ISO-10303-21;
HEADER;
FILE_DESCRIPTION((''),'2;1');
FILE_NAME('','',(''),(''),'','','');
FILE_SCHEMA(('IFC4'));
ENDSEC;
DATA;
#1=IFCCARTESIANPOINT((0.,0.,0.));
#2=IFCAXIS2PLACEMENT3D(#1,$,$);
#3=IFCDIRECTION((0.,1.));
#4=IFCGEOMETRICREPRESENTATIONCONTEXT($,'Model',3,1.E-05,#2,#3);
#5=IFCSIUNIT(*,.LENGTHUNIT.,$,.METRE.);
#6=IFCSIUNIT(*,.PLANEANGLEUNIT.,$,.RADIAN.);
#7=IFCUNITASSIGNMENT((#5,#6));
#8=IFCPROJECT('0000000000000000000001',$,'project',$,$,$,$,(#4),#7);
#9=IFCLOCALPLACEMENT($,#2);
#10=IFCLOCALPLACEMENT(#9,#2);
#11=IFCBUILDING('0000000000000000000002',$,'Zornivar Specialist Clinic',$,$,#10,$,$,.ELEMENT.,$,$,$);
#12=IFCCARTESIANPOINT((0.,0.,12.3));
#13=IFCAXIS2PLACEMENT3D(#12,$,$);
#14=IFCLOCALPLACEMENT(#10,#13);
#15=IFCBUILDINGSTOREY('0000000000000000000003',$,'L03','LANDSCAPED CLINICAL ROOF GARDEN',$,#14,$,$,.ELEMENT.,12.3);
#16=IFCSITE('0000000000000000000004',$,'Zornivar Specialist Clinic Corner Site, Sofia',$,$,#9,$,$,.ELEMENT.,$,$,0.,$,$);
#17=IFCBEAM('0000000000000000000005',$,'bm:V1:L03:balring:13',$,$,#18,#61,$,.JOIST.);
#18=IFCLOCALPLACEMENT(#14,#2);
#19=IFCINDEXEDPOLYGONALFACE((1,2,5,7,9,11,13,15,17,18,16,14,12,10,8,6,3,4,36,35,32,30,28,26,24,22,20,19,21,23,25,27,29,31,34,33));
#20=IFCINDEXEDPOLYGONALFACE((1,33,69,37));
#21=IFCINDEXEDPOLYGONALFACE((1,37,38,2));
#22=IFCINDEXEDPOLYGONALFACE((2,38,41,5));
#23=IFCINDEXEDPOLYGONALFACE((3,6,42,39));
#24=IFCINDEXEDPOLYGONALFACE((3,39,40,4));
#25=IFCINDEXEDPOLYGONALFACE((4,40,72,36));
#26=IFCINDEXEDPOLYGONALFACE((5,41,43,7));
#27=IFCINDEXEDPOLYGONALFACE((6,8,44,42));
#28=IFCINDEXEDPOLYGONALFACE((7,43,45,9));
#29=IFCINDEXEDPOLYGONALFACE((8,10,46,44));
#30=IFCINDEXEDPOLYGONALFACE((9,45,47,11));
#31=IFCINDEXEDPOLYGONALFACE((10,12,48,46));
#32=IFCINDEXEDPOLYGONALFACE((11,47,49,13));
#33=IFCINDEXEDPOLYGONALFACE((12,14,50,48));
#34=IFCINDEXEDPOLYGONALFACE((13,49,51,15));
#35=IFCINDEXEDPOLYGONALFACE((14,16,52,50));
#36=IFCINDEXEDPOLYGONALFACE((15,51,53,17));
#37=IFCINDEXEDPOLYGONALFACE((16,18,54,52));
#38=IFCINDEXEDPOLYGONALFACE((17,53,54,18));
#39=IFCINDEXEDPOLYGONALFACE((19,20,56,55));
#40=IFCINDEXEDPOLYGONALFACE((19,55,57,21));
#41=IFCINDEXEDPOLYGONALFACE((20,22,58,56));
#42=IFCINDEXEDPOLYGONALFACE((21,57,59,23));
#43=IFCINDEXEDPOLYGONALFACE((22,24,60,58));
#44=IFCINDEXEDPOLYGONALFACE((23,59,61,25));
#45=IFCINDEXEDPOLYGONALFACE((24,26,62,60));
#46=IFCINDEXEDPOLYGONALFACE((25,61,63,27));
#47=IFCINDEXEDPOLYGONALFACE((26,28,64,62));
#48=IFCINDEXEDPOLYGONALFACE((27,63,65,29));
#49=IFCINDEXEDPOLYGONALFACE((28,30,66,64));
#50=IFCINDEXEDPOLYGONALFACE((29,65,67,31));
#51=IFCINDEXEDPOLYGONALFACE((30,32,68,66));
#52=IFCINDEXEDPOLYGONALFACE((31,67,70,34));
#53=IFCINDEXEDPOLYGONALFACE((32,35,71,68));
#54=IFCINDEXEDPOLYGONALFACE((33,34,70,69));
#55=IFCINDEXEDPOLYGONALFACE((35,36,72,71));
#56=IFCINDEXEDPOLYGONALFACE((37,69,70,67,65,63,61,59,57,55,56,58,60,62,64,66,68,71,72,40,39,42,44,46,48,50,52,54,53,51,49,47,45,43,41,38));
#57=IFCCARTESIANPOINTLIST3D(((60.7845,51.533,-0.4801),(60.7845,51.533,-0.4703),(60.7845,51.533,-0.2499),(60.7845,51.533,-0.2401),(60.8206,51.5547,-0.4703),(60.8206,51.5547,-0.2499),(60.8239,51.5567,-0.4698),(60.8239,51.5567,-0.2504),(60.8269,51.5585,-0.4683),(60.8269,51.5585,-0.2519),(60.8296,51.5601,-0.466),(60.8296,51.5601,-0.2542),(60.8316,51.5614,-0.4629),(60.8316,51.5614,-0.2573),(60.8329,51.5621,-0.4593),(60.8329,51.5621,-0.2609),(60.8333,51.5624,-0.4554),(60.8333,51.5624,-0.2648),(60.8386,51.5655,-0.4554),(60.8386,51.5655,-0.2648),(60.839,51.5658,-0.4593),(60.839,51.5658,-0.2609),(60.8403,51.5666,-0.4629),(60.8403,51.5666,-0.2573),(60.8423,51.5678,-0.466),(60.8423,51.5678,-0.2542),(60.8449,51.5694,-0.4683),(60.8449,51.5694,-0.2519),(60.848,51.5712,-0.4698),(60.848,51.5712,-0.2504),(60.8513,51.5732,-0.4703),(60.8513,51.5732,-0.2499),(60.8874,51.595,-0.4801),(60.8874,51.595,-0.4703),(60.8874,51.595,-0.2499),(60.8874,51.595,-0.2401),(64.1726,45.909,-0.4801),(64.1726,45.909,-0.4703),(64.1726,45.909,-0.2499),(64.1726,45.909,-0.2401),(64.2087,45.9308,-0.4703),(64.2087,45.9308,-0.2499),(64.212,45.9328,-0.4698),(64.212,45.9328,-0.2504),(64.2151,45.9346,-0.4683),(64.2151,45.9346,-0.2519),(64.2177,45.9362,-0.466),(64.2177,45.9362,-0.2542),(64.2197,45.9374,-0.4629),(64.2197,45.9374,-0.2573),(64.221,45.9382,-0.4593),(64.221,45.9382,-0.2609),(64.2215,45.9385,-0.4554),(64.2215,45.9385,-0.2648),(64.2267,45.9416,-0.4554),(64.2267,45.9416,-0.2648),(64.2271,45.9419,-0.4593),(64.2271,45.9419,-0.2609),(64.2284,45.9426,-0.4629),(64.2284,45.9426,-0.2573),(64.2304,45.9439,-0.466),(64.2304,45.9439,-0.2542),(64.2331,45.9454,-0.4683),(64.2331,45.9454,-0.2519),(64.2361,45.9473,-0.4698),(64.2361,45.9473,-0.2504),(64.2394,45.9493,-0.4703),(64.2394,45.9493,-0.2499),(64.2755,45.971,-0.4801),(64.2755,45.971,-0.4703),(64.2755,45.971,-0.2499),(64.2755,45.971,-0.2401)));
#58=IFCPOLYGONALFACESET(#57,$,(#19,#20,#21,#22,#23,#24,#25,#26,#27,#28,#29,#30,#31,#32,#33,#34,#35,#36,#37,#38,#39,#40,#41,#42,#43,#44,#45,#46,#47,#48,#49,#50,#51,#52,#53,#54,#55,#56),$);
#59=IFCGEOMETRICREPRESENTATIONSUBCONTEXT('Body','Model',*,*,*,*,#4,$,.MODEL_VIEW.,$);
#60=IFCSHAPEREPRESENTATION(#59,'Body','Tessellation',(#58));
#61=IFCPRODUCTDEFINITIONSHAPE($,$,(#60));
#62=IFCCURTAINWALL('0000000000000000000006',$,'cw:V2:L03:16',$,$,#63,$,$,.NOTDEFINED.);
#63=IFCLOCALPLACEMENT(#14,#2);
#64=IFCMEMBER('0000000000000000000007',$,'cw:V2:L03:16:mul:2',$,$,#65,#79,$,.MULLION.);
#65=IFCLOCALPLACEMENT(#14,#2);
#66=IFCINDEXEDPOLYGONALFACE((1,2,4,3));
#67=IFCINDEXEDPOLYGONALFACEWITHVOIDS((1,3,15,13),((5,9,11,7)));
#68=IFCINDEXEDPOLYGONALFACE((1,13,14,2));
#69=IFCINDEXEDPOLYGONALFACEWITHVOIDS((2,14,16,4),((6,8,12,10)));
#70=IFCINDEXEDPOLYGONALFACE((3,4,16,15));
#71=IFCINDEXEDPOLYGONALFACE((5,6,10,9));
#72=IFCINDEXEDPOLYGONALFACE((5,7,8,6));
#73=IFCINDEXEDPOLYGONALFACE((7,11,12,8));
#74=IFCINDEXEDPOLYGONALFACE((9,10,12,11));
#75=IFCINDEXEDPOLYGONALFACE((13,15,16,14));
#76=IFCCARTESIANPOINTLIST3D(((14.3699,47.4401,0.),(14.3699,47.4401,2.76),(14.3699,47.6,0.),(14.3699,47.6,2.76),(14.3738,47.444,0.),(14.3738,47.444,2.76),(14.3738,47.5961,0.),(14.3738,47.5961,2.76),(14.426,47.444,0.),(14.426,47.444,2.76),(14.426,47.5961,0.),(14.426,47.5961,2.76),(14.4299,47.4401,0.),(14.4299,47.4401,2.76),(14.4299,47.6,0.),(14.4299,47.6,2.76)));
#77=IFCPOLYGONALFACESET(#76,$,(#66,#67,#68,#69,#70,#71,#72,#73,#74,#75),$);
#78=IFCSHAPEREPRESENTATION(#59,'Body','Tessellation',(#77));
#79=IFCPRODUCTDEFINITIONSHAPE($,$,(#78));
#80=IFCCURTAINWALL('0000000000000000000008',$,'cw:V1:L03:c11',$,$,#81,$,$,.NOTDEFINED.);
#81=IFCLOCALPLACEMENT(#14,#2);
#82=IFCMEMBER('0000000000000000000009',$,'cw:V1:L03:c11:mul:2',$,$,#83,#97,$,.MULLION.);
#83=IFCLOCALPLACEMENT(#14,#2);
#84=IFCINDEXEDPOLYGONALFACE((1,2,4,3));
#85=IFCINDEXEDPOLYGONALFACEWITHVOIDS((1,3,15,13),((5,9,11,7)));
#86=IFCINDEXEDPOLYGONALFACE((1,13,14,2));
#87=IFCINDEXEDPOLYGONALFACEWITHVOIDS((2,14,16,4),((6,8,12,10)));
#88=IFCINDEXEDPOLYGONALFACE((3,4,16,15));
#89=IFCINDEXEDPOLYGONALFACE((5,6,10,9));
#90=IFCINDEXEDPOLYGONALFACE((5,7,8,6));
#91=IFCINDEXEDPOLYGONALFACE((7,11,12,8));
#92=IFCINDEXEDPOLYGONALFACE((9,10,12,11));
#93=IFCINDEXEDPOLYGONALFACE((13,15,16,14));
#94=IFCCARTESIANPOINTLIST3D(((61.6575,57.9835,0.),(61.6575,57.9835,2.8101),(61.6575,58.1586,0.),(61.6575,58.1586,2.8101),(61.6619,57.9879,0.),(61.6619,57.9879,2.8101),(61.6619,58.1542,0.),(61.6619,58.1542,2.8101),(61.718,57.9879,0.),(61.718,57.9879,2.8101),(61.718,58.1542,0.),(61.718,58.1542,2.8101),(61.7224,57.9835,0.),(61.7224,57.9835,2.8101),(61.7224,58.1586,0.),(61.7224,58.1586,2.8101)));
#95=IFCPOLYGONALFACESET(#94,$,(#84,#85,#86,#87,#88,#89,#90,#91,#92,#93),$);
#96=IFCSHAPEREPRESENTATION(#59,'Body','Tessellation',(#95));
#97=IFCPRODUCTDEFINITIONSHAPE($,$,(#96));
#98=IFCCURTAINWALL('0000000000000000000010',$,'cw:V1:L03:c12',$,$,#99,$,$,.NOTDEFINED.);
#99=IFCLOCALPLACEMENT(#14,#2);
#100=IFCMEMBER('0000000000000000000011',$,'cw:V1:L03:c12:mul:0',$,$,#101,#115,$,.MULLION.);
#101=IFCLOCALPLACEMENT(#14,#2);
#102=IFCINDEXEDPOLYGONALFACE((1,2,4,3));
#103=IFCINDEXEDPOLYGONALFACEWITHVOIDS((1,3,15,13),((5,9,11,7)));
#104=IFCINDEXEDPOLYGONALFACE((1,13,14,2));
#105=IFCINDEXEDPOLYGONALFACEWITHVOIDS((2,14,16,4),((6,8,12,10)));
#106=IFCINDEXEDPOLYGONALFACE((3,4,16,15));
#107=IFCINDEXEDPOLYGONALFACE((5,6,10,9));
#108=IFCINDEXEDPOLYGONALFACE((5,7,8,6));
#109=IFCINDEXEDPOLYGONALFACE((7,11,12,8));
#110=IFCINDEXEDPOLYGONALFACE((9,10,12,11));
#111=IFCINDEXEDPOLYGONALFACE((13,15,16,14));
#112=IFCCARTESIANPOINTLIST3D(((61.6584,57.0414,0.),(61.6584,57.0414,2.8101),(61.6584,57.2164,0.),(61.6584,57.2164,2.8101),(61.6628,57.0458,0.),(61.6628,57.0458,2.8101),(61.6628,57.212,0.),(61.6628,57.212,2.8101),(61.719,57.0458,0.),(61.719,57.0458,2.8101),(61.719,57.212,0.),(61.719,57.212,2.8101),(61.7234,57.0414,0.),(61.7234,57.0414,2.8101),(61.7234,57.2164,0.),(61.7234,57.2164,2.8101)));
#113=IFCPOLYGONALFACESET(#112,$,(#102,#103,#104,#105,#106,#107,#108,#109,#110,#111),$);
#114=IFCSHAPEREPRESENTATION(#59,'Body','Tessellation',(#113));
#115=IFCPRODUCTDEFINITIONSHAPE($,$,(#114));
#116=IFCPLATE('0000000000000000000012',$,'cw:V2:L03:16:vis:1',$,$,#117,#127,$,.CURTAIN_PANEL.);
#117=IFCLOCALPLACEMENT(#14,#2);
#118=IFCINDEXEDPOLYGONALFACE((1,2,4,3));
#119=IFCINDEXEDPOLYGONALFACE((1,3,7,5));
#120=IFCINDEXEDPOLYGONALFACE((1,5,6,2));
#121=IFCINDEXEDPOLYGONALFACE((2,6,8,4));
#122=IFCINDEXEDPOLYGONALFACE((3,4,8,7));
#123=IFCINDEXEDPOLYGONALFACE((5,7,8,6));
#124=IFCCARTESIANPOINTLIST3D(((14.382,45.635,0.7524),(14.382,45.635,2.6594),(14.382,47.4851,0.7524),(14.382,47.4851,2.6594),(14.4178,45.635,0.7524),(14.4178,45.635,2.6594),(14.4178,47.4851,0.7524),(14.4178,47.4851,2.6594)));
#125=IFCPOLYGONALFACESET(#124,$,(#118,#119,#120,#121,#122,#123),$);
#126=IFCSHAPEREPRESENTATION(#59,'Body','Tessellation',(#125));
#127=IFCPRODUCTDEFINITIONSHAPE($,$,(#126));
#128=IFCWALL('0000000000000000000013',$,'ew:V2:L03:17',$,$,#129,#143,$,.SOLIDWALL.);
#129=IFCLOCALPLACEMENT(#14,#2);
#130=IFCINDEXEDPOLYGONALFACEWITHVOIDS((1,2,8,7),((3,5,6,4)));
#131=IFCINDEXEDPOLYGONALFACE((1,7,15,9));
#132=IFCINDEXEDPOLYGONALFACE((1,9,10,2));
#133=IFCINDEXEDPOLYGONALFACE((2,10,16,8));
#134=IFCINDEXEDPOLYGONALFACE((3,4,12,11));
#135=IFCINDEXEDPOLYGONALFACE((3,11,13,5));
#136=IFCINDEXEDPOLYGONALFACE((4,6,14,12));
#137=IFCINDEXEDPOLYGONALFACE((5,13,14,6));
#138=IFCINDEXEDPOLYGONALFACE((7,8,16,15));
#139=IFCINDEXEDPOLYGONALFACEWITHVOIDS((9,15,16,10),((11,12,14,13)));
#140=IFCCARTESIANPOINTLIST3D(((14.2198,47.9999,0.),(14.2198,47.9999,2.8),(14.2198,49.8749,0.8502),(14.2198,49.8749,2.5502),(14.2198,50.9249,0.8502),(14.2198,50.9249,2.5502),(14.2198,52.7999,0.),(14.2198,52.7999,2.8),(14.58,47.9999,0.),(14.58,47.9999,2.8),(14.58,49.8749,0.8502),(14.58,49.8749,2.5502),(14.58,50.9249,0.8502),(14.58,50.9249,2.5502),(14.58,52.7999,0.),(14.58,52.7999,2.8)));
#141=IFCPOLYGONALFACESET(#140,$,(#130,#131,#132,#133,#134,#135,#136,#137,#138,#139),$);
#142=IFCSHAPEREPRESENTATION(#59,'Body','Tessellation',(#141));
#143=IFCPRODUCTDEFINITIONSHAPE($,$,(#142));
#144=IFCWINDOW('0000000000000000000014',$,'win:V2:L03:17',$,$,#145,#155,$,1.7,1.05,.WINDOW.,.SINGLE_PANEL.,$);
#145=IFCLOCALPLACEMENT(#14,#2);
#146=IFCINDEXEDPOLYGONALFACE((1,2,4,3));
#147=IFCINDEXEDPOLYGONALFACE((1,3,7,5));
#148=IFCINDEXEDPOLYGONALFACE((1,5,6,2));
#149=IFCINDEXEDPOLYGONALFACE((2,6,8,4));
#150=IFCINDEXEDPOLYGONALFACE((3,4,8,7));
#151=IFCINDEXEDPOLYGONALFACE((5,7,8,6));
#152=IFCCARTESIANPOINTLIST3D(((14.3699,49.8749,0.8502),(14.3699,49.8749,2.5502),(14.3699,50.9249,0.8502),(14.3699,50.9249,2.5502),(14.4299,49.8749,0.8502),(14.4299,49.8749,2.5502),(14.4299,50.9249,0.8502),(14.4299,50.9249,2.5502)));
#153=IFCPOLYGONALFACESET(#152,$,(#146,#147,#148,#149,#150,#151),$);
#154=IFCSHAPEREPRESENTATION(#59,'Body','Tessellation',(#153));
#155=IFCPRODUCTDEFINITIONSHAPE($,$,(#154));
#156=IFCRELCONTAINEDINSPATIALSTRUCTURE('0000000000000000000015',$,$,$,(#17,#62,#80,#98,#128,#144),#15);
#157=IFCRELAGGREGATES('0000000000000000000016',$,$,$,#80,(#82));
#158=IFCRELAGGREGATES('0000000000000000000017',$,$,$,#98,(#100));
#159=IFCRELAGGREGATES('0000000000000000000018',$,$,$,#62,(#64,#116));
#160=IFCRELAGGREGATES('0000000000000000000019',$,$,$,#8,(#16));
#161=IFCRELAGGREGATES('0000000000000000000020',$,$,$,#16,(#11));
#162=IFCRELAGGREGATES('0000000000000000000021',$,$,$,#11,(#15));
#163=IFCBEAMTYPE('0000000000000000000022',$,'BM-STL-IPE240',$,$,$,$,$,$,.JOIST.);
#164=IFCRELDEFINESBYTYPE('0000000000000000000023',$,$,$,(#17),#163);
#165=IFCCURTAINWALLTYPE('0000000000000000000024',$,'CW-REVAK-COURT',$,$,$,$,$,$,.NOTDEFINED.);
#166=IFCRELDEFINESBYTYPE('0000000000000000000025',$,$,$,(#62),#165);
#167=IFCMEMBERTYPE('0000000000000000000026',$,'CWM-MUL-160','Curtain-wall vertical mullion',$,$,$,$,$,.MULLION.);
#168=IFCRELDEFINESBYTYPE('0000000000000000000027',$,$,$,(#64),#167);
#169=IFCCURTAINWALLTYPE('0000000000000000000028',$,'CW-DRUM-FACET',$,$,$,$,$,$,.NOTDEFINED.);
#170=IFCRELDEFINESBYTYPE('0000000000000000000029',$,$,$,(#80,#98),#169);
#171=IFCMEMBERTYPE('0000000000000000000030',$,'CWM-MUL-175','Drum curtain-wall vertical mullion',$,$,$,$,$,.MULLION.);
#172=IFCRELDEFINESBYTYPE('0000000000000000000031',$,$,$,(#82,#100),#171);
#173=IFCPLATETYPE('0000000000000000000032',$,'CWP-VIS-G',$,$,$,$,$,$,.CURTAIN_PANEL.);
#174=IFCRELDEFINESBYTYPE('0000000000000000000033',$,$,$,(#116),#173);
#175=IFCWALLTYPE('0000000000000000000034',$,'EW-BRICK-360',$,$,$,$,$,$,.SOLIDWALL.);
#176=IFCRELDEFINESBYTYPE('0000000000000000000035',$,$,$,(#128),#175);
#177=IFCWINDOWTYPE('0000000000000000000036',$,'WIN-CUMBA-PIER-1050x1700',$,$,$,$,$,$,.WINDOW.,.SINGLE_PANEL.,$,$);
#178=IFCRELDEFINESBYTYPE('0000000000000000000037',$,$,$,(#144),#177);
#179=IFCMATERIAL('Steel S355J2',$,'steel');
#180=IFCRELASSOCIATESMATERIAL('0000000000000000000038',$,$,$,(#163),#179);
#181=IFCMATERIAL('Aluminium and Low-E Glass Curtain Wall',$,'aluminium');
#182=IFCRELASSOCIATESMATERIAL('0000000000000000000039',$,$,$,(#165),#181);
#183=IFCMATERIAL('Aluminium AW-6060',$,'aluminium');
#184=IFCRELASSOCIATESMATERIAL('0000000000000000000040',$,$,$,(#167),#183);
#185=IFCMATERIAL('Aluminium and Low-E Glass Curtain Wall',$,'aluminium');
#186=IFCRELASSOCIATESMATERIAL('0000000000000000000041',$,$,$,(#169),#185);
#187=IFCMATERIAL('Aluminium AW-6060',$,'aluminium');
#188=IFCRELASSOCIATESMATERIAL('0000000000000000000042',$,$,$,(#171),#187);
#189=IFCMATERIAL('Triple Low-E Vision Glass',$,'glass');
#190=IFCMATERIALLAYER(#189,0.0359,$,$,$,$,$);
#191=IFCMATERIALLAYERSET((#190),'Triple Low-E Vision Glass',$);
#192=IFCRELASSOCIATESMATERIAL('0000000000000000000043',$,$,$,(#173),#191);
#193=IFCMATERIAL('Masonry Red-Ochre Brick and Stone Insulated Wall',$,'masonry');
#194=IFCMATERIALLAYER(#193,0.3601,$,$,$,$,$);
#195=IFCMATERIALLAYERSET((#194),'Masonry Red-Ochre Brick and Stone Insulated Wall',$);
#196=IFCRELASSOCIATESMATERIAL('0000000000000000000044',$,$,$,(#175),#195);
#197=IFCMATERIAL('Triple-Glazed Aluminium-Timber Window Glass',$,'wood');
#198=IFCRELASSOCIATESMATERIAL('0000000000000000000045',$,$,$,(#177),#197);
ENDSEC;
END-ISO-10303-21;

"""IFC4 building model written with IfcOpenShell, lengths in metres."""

from ifc_helpers import new_model, si_unit, direction, frame, frame_2d, origin, origin_2d, place, context, subcontext, project, spatial, rectangle, hollow_rectangle, i_section, extrude, material, layer, layer_set, material_profile, profile_set, type_object, element, fill, aggregate, save


model = new_model("IFC4")

# Units and contexts
model_context = context("Model", 3, precision=1e-05, world=origin(), true_north=direction((0.0, 1.0)))
body_context = subcontext(model_context, "Body", "Model", "MODEL_VIEW")
ifc_project = project(units=[si_unit("LENGTHUNIT", "METRE"), si_unit("PLANEANGLEUNIT", "RADIAN")], contexts=[model_context])

# Site, building, storey
site_placement = place(None, origin())
site = spatial("IfcSite", under=ifc_project, at=site_placement, Name="Zornivar Specialist Clinic Corner Site, Sofia", CompositionType="ELEMENT", RefElevation=0.0)
building_placement = place(site_placement, origin())
building = spatial("IfcBuilding", under=site, at=building_placement, Name="Zornivar Specialist Clinic", CompositionType="ELEMENT")
storey_placement = place(building_placement, frame((0.0, 0.0, 12.3)))
storey = spatial("IfcBuildingStorey", under=building, at=storey_placement, Name="L03", Description="LANDSCAPED CLINICAL ROOF GARDEN", CompositionType="ELEMENT", Elevation=12.3)

# Beam
ifc_material_1 = material(Name="Steel S355J2", Category="steel")
ifc_material_profile_1 = material_profile(ifc_material_1, i_section(OverallWidth=0.1201, OverallDepth=0.24, WebThickness=0.0061, FlangeThickness=0.0098, FilletRadius=0.0149, at=origin_2d()), Name="IPE 240")
ifc_profile_set_1 = profile_set([ifc_material_profile_1], Name="Steel S355J2")
beam_type_1 = type_object("IfcBeamType", Name="BM-STL-IPE240", PredefinedType="JOIST", material=ifc_profile_set_1)
beam_1_placement = place(storey_placement, frame((60.8359, 51.564, -0.3601), z_axis=(0.516037, -0.856566, 0.0), x_axis=(0.856566, 0.516037, 0.0)))
element("IfcBeam", 1, at=beam_1_placement, inside=storey, type_object=beam_type_1, Name="bm:V1:L03:balring:13", PredefinedType="JOIST", context=body_context, shape_type="SweptSolid", body=[
    extrude(i_section(OverallWidth=0.1201, OverallDepth=0.24, WebThickness=0.0061, FlangeThickness=0.0098, FilletRadius=0.0149, at=origin_2d()), origin(), (0.0, 0.0, 1.0), 6.5657),
])

# Curtain walls, members
ifc_material_2 = material(Name="Aluminium and Low-E Glass Curtain Wall", Category="aluminium")
curtain_wall_type_1 = type_object("IfcCurtainWallType", Name="CW-REVAK-COURT", PredefinedType="NOTDEFINED", material=ifc_material_2)
curtain_wall_1_placement = place(storey_placement, origin())
curtain_wall_1 = element("IfcCurtainWall", 2, at=curtain_wall_1_placement, inside=storey, type_object=curtain_wall_type_1, Name="cw:V2:L03:16", PredefinedType="NOTDEFINED")
ifc_material_3 = material(Name="Aluminium AW-6060", Category="aluminium")
ifc_material_profile_2 = material_profile(ifc_material_3, hollow_rectangle(XDim=0.0601, YDim=0.1599, WallThickness=0.0039, at=origin_2d()), Name="ALU 60x160x4")
ifc_profile_set_2 = profile_set([ifc_material_profile_2], Name="Aluminium AW-6060")
member_type_1 = type_object("IfcMemberType", Name="CWM-MUL-160", Description="Curtain-wall vertical mullion", PredefinedType="MULLION", material=ifc_profile_set_2)
member_1_placement = place(storey_placement, frame((14.3999, 47.52, 0.0), z_axis=(0.0, 0.0, 1.0), x_axis=(1.0, 0.0, 0.0)))
member_1 = element("IfcMember", 3, at=member_1_placement, type_object=member_type_1, Name="cw:V2:L03:16:mul:2", PredefinedType="MULLION", context=body_context, shape_type="SweptSolid", body=[
    extrude(hollow_rectangle(XDim=0.0601, YDim=0.1599, WallThickness=0.0039, at=origin_2d()), origin(), (0.0, 0.0, 1.0), 2.76),
])
ifc_material_4 = material(Name="Aluminium and Low-E Glass Curtain Wall", Category="aluminium")
curtain_wall_type_2 = type_object("IfcCurtainWallType", Name="CW-DRUM-FACET", PredefinedType="NOTDEFINED", material=ifc_material_4)
curtain_wall_2_placement = place(storey_placement, origin())
curtain_wall_2 = element("IfcCurtainWall", 4, at=curtain_wall_2_placement, inside=storey, type_object=curtain_wall_type_2, Name="cw:V1:L03:c11", PredefinedType="NOTDEFINED")
ifc_material_5 = material(Name="Aluminium AW-6060", Category="aluminium")
ifc_material_profile_3 = material_profile(ifc_material_5, hollow_rectangle(XDim=0.0649, YDim=0.175, WallThickness=0.0044, at=origin_2d()), Name="ALU 65x175x4.5")
ifc_profile_set_3 = profile_set([ifc_material_profile_3], Name="Aluminium AW-6060")
member_type_2 = type_object("IfcMemberType", Name="CWM-MUL-175", Description="Drum curtain-wall vertical mullion", PredefinedType="MULLION", material=ifc_profile_set_3)
member_2_placement = place(storey_placement, frame((61.6899, 58.071, 0.0), z_axis=(0.0, 0.0, 1.0), x_axis=(1.0, 0.0, 0.0)))
member_2 = element("IfcMember", 5, at=member_2_placement, type_object=member_type_2, Name="cw:V1:L03:c11:mul:2", PredefinedType="MULLION", context=body_context, shape_type="SweptSolid", body=[
    extrude(hollow_rectangle(XDim=0.0649, YDim=0.175, WallThickness=0.0044, at=origin_2d()), origin(), (0.0, 0.0, 1.0), 2.8101),
])
aggregate(curtain_wall_2, [member_2])
curtain_wall_3_placement = place(storey_placement, origin())
curtain_wall_3 = element("IfcCurtainWall", 6, at=curtain_wall_3_placement, inside=storey, type_object=curtain_wall_type_2, Name="cw:V1:L03:c12", PredefinedType="NOTDEFINED")
member_3_placement = place(storey_placement, frame((61.6909, 57.1289, 0.0), z_axis=(0.0, 0.0, 1.0), x_axis=(1.0, 0.0, 0.0)))
member_3 = element("IfcMember", 7, at=member_3_placement, type_object=member_type_2, Name="cw:V1:L03:c12:mul:0", PredefinedType="MULLION", context=body_context, shape_type="SweptSolid", body=[
    extrude(hollow_rectangle(XDim=0.0649, YDim=0.175, WallThickness=0.0044, at=origin_2d()), origin(), (0.0, 0.0, 1.0), 2.8101),
])
aggregate(curtain_wall_3, [member_3])

# Plate
ifc_material_6 = material(Name="Triple Low-E Vision Glass", Category="glass")
ifc_layer_1 = layer(ifc_material_6, 0.0359)
ifc_layer_set_1 = layer_set([ifc_layer_1], Name="Triple Low-E Vision Glass")
plate_type = type_object("IfcPlateType", Name="CWP-VIS-G", PredefinedType="CURTAIN_PANEL", material=ifc_layer_set_1)
plate_placement = place(storey_placement, frame((14.3999, 46.5601, 0.7524), z_axis=(0.0, 0.0, 1.0), x_axis=(0.0, 1.0, 0.0)))
plate = element("IfcPlate", 8, at=plate_placement, type_object=plate_type, Name="cw:V2:L03:16:vis:1", PredefinedType="CURTAIN_PANEL", context=body_context, shape_type="SweptSolid", body=[
    extrude(rectangle(XDim=1.8501, YDim=0.0359, at=origin_2d()), origin(), (0.0, 0.0, 1.0), 1.907),
])
aggregate(curtain_wall_1, [member_1, plate])

# Wall, opening, window
ifc_material_7 = material(Name="Masonry Red-Ochre Brick and Stone Insulated Wall", Category="masonry")
ifc_layer_2 = layer(ifc_material_7, 0.3601)
ifc_layer_set_2 = layer_set([ifc_layer_2], Name="Masonry Red-Ochre Brick and Stone Insulated Wall")
wall_type = type_object("IfcWallType", Name="EW-BRICK-360", PredefinedType="SOLIDWALL", material=ifc_layer_set_2)
wall_1_placement = place(storey_placement, frame((14.3999, 48.0, 0.0), z_axis=(0.0, 0.0, 1.0), x_axis=(0.0, 1.0, 0.0)))
wall_1 = element("IfcWall", 9, at=wall_1_placement, inside=storey, type_object=wall_type, Name="ew:V2:L03:17", PredefinedType="SOLIDWALL", context=body_context, shape_type="SweptSolid", body=[
    extrude(rectangle(XDim=4.8, YDim=0.3601, at=frame_2d((2.3999, 0.0))), origin(), (0.0, 0.0, 1.0), 2.8),
])
opening_1_placement = place(wall_1_placement, frame((1.875, 0.0, 0.8501)))
opening_1 = element("IfcOpeningElement", 10, at=opening_1_placement, cuts=wall_1, PredefinedType="OPENING", context=body_context, shape_type="SweptSolid", body=[
    extrude(rectangle(XDim=1.05, YDim=1.7, at=frame_2d((0.5249, 0.8501))), frame((0.0, 0.1899, 0.0), z_axis=(0.0, -1.0, 0.0), x_axis=(1.0, 0.0, 0.0)), (0.0, 0.0, 1.0), 0.3801),
])
ifc_material_8 = material(Name="Triple-Glazed Aluminium-Timber Window Glass", Category="wood")
window_type_1 = type_object("IfcWindowType", Name="WIN-CUMBA-PIER-1050x1700", PartitioningType="SINGLE_PANEL", PredefinedType="WINDOW", material=ifc_material_8)
window_1_placement = place(opening_1_placement, origin())
window_1 = element("IfcWindow", 11, at=window_1_placement, inside=storey, type_object=window_type_1, Name="win:V2:L03:17", OverallHeight=1.7, OverallWidth=1.05, PartitioningType="SINGLE_PANEL", PredefinedType="WINDOW", context=body_context, shape_type="SweptSolid", body=[
    extrude(rectangle(XDim=1.05, YDim=1.7, at=frame_2d((0.5249, 0.8501))), frame((0.0, 0.03, 0.0), z_axis=(0.0, -1.0, 0.0), x_axis=(1.0, 0.0, 0.0)), (0.0, 0.0, 1.0), 0.0601),
])
fill(opening_1, window_1)

save(model, "model.ifc")
